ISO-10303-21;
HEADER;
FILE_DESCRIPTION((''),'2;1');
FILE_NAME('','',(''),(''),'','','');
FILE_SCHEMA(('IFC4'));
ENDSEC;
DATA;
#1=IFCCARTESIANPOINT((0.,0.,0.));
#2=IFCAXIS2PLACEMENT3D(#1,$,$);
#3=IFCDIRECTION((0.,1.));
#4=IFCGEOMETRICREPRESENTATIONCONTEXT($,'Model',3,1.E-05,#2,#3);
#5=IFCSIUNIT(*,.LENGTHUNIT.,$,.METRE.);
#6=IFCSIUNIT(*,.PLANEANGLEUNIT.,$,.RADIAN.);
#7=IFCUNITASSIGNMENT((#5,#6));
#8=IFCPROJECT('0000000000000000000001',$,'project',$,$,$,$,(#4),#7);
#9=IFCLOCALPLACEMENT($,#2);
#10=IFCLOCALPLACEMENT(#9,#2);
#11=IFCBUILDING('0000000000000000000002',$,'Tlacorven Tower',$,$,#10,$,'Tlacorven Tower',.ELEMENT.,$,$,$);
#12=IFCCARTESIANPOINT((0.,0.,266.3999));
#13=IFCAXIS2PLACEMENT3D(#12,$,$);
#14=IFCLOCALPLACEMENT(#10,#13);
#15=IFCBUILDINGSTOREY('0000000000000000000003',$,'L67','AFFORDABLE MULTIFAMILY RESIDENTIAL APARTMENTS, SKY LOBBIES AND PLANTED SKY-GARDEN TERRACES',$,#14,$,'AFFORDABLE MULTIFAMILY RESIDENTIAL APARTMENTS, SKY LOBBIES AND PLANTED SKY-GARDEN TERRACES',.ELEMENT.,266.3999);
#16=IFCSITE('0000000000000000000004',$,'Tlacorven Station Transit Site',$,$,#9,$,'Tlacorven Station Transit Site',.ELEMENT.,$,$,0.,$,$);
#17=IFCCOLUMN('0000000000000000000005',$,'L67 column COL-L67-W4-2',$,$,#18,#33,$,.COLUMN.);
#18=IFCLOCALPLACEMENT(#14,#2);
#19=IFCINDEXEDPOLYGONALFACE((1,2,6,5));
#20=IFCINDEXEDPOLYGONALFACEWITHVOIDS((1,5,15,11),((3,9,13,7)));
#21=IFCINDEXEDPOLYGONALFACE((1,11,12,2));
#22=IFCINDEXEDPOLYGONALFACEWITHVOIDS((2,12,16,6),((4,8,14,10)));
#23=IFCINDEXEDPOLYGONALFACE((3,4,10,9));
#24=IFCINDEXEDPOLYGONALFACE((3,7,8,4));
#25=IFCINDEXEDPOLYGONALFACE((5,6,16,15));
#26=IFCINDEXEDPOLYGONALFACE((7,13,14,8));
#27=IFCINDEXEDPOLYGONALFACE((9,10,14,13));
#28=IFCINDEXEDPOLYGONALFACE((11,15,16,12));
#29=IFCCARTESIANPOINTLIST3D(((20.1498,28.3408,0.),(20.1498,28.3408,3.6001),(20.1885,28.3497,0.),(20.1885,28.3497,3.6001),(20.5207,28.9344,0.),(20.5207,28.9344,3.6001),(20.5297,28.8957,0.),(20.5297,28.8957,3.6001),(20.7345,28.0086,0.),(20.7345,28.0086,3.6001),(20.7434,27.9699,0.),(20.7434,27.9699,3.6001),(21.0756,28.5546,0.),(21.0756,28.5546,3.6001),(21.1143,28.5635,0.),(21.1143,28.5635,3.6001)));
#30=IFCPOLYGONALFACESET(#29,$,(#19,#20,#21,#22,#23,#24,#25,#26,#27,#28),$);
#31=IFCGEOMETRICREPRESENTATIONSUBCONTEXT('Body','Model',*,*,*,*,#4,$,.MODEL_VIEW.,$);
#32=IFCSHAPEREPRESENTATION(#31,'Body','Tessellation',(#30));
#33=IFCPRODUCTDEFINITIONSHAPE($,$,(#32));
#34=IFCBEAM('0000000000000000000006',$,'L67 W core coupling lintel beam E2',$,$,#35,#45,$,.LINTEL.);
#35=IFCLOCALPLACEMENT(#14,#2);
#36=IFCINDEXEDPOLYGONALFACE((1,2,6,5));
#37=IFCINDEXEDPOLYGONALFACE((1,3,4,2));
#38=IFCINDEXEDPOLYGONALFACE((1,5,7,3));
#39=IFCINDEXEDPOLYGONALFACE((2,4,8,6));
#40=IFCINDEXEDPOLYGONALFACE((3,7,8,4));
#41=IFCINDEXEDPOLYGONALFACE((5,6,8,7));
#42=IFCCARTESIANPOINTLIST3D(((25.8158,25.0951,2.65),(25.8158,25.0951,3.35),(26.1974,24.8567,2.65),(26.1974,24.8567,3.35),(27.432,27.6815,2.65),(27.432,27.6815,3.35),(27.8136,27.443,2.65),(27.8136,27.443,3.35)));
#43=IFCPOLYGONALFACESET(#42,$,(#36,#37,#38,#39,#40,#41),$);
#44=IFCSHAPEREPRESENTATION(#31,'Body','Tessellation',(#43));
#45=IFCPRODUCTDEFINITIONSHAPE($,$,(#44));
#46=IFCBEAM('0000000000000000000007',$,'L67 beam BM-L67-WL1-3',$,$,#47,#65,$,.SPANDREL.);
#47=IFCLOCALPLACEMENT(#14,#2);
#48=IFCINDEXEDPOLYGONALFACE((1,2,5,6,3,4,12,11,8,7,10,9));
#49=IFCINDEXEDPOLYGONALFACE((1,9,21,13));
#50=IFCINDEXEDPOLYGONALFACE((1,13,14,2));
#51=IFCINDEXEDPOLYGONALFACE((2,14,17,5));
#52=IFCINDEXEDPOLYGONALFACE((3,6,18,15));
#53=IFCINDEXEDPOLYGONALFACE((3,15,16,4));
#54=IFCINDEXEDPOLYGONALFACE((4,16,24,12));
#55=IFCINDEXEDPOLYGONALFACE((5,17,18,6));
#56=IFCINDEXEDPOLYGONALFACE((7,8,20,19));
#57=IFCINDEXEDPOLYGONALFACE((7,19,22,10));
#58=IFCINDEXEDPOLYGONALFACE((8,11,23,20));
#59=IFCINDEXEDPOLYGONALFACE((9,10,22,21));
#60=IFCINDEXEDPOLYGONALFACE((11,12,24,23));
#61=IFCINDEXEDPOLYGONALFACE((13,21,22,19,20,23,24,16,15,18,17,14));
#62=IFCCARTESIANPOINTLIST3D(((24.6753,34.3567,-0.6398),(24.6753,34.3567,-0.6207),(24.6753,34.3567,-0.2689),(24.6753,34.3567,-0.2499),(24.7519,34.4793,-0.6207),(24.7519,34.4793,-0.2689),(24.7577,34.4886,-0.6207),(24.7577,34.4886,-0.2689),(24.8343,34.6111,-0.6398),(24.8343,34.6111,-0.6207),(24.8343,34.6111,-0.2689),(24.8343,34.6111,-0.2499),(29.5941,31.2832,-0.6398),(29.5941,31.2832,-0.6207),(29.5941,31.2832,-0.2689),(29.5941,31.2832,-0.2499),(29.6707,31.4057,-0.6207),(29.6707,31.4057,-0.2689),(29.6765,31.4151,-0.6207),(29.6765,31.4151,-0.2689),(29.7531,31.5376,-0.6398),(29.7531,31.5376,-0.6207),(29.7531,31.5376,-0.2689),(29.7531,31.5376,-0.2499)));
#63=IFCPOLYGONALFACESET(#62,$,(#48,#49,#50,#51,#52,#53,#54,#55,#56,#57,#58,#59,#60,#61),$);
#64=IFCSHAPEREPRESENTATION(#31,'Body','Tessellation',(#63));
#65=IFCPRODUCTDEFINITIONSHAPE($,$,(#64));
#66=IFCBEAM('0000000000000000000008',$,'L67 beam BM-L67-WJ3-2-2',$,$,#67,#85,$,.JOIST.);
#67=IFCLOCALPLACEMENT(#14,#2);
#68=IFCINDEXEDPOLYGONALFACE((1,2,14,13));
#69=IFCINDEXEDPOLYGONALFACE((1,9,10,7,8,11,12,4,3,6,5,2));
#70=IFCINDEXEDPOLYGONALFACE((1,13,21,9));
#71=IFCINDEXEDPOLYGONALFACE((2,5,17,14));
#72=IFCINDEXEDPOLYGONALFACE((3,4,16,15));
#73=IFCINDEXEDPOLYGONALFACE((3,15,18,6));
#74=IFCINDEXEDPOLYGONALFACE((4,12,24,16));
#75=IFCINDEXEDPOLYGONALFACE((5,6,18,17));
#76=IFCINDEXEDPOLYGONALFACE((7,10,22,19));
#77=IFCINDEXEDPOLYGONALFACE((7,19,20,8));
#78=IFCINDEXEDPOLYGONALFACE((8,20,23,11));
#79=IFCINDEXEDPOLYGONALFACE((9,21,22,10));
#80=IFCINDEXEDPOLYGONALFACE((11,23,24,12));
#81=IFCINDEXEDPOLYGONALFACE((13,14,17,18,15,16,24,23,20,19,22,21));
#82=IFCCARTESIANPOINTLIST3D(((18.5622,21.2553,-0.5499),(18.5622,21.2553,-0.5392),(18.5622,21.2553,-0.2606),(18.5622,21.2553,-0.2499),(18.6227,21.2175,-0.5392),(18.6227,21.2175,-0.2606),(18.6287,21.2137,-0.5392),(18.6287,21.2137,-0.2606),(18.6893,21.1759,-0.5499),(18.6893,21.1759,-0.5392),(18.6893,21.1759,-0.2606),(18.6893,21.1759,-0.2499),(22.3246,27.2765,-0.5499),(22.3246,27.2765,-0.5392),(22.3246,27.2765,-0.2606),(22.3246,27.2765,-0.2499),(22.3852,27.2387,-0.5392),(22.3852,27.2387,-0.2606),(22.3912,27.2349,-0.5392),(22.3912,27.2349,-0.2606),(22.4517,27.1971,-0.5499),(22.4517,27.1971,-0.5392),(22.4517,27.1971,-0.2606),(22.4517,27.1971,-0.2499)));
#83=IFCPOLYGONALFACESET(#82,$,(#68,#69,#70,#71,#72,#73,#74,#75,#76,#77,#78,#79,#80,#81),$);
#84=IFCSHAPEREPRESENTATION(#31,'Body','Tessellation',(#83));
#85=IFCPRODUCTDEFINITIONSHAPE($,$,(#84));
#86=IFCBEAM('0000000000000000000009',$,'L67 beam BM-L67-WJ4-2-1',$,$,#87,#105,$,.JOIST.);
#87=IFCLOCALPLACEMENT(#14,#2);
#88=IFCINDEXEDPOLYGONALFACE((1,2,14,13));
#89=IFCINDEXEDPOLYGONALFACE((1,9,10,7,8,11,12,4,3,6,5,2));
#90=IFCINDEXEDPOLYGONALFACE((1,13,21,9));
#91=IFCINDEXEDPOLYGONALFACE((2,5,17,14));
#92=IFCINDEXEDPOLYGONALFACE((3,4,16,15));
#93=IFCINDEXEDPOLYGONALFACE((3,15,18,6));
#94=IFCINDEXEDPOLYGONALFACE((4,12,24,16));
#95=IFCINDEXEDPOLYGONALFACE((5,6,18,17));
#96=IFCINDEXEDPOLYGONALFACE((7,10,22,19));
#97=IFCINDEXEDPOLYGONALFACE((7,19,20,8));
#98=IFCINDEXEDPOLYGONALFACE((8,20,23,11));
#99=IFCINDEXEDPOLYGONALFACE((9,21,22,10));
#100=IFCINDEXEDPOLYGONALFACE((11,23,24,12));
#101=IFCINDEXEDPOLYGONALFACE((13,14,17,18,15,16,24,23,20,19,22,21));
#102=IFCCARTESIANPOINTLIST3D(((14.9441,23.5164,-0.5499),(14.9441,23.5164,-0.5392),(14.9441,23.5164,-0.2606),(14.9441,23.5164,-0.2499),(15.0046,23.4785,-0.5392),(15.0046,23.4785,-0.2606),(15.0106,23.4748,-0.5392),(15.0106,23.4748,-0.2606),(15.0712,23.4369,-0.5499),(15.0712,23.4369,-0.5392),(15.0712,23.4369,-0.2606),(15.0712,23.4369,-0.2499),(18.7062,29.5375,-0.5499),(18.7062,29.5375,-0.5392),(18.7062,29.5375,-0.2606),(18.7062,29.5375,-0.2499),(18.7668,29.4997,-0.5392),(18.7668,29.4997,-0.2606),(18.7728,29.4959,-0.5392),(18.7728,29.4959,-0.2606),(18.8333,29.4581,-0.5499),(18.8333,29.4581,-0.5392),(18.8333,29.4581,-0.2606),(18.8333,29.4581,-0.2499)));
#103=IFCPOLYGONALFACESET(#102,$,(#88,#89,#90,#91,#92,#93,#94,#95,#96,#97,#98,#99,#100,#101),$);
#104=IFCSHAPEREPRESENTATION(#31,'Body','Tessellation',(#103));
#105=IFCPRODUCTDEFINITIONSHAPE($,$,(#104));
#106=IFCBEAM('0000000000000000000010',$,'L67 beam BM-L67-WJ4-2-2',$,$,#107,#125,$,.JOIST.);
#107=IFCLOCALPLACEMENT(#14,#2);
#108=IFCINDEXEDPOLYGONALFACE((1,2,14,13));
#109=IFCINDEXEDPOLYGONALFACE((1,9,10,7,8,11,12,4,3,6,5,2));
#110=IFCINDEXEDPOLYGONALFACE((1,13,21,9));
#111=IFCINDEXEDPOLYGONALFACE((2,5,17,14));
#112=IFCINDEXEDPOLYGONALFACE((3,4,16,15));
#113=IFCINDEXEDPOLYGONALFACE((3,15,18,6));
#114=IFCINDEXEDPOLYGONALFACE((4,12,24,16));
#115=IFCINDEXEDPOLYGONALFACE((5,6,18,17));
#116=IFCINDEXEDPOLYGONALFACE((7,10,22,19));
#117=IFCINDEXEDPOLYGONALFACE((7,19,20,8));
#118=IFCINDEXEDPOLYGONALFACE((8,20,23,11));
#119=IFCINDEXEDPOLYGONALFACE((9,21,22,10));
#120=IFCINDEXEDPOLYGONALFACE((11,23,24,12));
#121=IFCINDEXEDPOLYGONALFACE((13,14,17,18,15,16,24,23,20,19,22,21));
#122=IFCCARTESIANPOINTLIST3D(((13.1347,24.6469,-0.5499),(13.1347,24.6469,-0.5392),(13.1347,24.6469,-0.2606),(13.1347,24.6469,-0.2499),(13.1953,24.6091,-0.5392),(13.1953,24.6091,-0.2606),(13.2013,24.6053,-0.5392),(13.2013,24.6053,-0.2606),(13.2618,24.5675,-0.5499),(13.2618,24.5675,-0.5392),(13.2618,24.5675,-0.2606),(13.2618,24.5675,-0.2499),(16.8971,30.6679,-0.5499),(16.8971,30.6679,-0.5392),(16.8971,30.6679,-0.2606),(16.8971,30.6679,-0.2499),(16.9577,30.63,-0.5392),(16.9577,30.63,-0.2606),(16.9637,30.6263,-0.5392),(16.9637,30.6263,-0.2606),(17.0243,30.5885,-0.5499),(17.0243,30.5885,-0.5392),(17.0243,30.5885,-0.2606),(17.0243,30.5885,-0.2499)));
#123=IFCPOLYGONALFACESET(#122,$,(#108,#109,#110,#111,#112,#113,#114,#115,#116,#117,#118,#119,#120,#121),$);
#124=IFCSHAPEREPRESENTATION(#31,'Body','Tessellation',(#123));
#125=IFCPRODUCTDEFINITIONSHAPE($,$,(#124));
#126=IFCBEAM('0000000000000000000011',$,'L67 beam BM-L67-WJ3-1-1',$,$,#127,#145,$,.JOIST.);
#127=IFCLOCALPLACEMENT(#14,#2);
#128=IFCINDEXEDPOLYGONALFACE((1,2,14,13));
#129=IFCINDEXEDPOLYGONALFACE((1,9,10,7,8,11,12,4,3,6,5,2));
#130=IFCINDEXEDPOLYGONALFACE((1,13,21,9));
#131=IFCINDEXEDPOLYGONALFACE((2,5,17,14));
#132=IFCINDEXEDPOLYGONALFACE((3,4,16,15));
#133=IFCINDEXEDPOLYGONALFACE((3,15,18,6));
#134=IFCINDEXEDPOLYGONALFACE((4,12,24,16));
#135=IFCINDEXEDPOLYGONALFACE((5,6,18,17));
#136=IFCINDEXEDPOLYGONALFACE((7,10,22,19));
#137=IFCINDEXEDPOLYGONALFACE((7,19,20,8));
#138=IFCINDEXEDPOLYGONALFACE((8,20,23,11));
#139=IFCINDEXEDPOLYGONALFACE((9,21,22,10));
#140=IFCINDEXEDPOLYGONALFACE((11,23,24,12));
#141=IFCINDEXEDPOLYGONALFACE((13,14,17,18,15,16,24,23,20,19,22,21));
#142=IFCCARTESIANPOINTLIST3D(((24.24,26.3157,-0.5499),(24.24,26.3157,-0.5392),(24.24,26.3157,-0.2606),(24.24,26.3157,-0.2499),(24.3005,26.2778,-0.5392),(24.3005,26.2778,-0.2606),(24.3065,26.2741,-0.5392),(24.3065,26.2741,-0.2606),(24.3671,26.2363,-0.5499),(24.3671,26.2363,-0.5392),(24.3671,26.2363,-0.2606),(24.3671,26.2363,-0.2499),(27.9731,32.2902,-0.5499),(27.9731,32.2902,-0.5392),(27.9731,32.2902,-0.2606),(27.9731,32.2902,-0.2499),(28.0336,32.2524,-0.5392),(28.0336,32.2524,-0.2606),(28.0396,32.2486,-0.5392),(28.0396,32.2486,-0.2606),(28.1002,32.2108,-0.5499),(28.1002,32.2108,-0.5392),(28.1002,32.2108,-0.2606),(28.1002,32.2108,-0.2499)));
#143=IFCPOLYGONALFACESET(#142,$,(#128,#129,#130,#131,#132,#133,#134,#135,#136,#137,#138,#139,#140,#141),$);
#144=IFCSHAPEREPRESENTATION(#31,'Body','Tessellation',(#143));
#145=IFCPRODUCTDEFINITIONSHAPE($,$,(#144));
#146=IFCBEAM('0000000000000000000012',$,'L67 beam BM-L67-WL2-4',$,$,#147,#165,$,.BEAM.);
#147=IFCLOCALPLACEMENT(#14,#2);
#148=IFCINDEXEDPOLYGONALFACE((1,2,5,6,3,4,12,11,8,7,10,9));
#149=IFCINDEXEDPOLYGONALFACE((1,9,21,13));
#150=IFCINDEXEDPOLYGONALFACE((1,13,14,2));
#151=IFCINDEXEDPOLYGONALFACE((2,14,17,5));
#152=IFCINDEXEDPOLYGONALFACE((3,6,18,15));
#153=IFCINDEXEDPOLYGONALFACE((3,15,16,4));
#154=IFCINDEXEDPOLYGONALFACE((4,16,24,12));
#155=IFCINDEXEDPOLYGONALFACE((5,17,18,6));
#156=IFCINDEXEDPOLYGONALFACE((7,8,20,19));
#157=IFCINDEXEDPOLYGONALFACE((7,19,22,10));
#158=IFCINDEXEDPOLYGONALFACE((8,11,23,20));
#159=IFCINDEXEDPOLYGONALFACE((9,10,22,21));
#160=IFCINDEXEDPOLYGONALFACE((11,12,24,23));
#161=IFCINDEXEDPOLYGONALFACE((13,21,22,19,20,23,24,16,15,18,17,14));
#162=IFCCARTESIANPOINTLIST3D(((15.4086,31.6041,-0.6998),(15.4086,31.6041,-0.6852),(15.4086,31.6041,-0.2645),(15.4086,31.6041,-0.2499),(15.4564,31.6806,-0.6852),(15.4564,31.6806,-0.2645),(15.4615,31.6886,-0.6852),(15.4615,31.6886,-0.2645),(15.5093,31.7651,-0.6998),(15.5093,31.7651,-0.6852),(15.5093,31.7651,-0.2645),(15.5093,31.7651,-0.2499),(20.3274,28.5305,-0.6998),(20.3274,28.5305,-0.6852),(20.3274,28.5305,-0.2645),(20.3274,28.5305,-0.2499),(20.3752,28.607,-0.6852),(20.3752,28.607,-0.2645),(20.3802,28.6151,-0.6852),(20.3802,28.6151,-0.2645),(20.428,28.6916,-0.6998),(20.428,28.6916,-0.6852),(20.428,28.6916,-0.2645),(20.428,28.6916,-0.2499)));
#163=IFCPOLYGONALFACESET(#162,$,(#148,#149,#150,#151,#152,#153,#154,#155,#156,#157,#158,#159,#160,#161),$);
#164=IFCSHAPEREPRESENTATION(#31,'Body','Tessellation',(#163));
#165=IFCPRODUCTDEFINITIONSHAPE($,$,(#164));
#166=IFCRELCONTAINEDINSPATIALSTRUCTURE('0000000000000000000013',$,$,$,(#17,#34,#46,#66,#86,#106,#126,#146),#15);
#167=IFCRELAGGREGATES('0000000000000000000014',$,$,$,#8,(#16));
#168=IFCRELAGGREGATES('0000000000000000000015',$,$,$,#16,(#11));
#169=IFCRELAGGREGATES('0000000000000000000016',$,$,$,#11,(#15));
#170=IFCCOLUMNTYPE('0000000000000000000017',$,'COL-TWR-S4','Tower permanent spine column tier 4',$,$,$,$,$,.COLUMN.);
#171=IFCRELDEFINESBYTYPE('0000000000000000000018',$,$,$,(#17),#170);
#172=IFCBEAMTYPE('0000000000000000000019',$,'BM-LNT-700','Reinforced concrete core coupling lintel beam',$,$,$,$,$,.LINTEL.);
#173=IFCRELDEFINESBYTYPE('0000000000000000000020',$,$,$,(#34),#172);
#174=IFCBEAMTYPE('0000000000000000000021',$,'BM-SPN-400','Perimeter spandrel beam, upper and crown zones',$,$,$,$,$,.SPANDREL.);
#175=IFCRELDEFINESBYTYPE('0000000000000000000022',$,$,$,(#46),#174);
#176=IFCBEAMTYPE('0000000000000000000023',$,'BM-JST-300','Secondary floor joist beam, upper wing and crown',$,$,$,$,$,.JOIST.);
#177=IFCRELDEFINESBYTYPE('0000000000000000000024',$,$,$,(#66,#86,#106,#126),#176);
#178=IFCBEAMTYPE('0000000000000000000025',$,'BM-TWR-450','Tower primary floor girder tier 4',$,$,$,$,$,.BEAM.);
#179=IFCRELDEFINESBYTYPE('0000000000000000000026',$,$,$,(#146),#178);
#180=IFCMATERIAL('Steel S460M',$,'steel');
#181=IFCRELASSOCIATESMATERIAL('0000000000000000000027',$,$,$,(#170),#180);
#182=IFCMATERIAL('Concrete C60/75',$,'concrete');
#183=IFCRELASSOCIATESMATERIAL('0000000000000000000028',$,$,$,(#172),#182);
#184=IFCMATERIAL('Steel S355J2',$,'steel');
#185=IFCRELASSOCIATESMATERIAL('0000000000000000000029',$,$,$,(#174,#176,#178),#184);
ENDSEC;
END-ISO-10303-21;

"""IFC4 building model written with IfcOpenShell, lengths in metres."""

from ifc_helpers import new_model, si_unit, direction, frame, origin, origin_2d, place, context, subcontext, project, spatial, rectangle, hollow_rectangle, i_section, extrude, source, transform, mapped, material, material_profile, profile_set, type_object, element, save


model = new_model("IFC4")

# Units and contexts
model_context = context("Model", 3, precision=1e-05, world=origin(), true_north=direction((0.0, 1.0)))
body_context = subcontext(model_context, "Body", "Model", "MODEL_VIEW")
ifc_project = project(units=[si_unit("LENGTHUNIT", "METRE"), si_unit("PLANEANGLEUNIT", "RADIAN")], contexts=[model_context])

# Site, building, storey
site_placement = place(None, origin())
site = spatial("IfcSite", under=ifc_project, at=site_placement, Name="Tlacorven Station Transit Site", LongName="Tlacorven Station Transit Site", CompositionType="ELEMENT", RefElevation=0.0)
building_placement = place(site_placement, origin())
building = spatial("IfcBuilding", under=site, at=building_placement, Name="Tlacorven Tower", LongName="Tlacorven Tower", CompositionType="ELEMENT")
storey_placement = place(building_placement, frame((0.0, 0.0, 266.3999)))
storey = spatial("IfcBuildingStorey", under=building, at=storey_placement, Name="L67", Description="AFFORDABLE MULTIFAMILY RESIDENTIAL APARTMENTS, SKY LOBBIES AND PLANTED SKY-GARDEN TERRACES", LongName="AFFORDABLE MULTIFAMILY RESIDENTIAL APARTMENTS, SKY LOBBIES AND PLANTED SKY-GARDEN TERRACES", CompositionType="ELEMENT", Elevation=266.3999)

# Column
ifc_material_1 = material(Name="Steel S460M", Category="steel")
ifc_material_profile_1 = material_profile(ifc_material_1, hollow_rectangle(XDim=0.7, YDim=0.7, WallThickness=0.0281, at=origin_2d()), Name="BOX 700X700X28")
ifc_profile_set_1 = profile_set([ifc_material_profile_1], Name="Steel S460M")
column_type = type_object("IfcColumnType", Name="COL-TWR-S4", Description="Tower permanent spine column tier 4", PredefinedType="COLUMN", material=ifc_profile_set_1)
shared_shape_1 = source(origin(), body_context, "Body", "SweptSolid", [
    extrude(hollow_rectangle(XDim=0.7, YDim=0.7, WallThickness=0.0281, at=origin_2d()), origin(), (0.0, 0.0, 1.0), 3.6001),
])
column_placement = place(storey_placement, frame((20.6321, 28.4521, 0.0), z_axis=(0.0, 0.0, 1.0), x_axis=(-0.848048, 0.529919, 0.0)))
element("IfcColumn", 1, at=column_placement, inside=storey, type_object=column_type, Name="L67 column COL-L67-W4-2", PredefinedType="COLUMN", context=body_context, shape_type="MappedRepresentation", body=[
    mapped(shared_shape_1, transform((0.0, 0.0, 0.0), scale=1.0)),
])

# Beams
ifc_material_2 = material(Name="Concrete C60/75", Category="concrete")
ifc_material_profile_2 = material_profile(ifc_material_2, rectangle(XDim=0.45, YDim=0.7, at=origin_2d()), Name="RC 450X700")
ifc_profile_set_2 = profile_set([ifc_material_profile_2], Name="Concrete C60/75")
beam_type_1 = type_object("IfcBeamType", Name="BM-LNT-700", Description="Reinforced concrete core coupling lintel beam", PredefinedType="LINTEL", material=ifc_profile_set_2)
shared_shape_2 = source(origin(), body_context, "Body", "SweptSolid", [
    extrude(rectangle(XDim=0.45, YDim=0.7, at=origin_2d()), origin(), (0.0, 0.0, 1.0), 3.0498),
])
beam_1_placement = place(storey_placement, frame((27.6228, 27.5623, 3.0), z_axis=(-0.529927, -0.848043, 0.0), x_axis=(0.848043, -0.529927, 0.0)))
element("IfcBeam", 2, at=beam_1_placement, inside=storey, type_object=beam_type_1, Name="L67 W core coupling lintel beam E2", PredefinedType="LINTEL", context=body_context, shape_type="MappedRepresentation", body=[
    mapped(shared_shape_2, transform((0.0, 0.0, 0.0), scale=1.0)),
])
ifc_material_3 = material(Name="Steel S355J2", Category="steel")
ifc_material_profile_3 = material_profile(ifc_material_3, i_section(OverallWidth=0.3, OverallDepth=0.3899, WebThickness=0.011, FlangeThickness=0.019, at=origin_2d()), Name="HEA 400")
ifc_profile_set_3 = profile_set([ifc_material_profile_3], Name="Steel S355J2")
beam_type_2 = type_object("IfcBeamType", Name="BM-SPN-400", Description="Perimeter spandrel beam, upper and crown zones", PredefinedType="SPANDREL", material=ifc_profile_set_3)
shared_shape_3 = source(origin(), body_context, "Body", "SweptSolid", [
    extrude(i_section(OverallWidth=0.3, OverallDepth=0.3899, WebThickness=0.011, FlangeThickness=0.019, at=origin_2d()), origin(), (0.0, 0.0, 1.0), 5.8),
])
beam_2_placement = place(storey_placement, frame((29.6736, 31.4104, -0.4448), z_axis=(-0.848053, 0.529912, 0.0), x_axis=(-0.529912, -0.848053, 0.0)))
element("IfcBeam", 3, at=beam_2_placement, inside=storey, type_object=beam_type_2, Name="L67 beam BM-L67-WL1-3", PredefinedType="SPANDREL", context=body_context, shape_type="MappedRepresentation", body=[
    mapped(shared_shape_3, transform((0.0, 0.0, 0.0), scale=1.0)),
])
ifc_material_profile_4 = material_profile(ifc_material_3, i_section(OverallWidth=0.1499, OverallDepth=0.3, WebThickness=0.0071, FlangeThickness=0.0107, at=origin_2d()), Name="IPE 300")
ifc_profile_set_4 = profile_set([ifc_material_profile_4], Name="Steel S355J2")
beam_type_3 = type_object("IfcBeamType", Name="BM-JST-300", Description="Secondary floor joist beam, upper wing and crown", PredefinedType="JOIST", material=ifc_profile_set_4)
shared_shape_4 = source(origin(), body_context, "Body", "SweptSolid", [
    extrude(i_section(OverallWidth=0.1499, OverallDepth=0.3, WebThickness=0.0071, FlangeThickness=0.0107, at=origin_2d()), origin(), (0.0, 0.0, 1.0), 7.1001),
])
beam_3_placement = place(storey_placement, frame((22.3882, 27.2368, -0.3999), z_axis=(-0.529915, -0.84805, 0.0), x_axis=(0.84805, -0.529915, 0.0)))
element("IfcBeam", 4, at=beam_3_placement, inside=storey, type_object=beam_type_3, Name="L67 beam BM-L67-WJ3-2-2", PredefinedType="JOIST", context=body_context, shape_type="MappedRepresentation", body=[
    mapped(shared_shape_4, transform((0.0, 0.0, 0.0), scale=1.0)),
])
shared_shape_5 = source(origin(), body_context, "Body", "SweptSolid", [
    extrude(i_section(OverallWidth=0.1499, OverallDepth=0.3, WebThickness=0.0071, FlangeThickness=0.0107, at=origin_2d()), origin(), (0.0, 0.0, 1.0), 7.0999),
])
for number, where, z_axis, x_axis, name in (
    (5, (18.7698, 29.4978, -0.3999), (-0.529891, -0.848066, 0.0), (0.848066, -0.529891, 0.0), "L67 beam BM-L67-WJ4-2-1"),
    (6, (16.9607, 30.6282, -0.3999), (-0.529931, -0.848041, 0.0), (0.848041, -0.529931, 0.0), "L67 beam BM-L67-WJ4-2-2"),
):
    element("IfcBeam", number, at=place(storey_placement, frame(where, z_axis=z_axis, x_axis=x_axis)), inside=storey, type_object=beam_type_3, Name=name, PredefinedType="JOIST", context=body_context, shape_type="MappedRepresentation", body=[
        mapped(shared_shape_5, transform((0.0, 0.0, 0.0), scale=1.0)),
    ])
shared_shape_6 = source(origin(), body_context, "Body", "SweptSolid", [
    extrude(i_section(OverallWidth=0.1499, OverallDepth=0.3, WebThickness=0.0071, FlangeThickness=0.0107, at=origin_2d()), origin(), (0.0, 0.0, 1.0), 7.0449),
])
beam_4_placement = place(storey_placement, frame((28.0366, 32.2505, -0.3999), z_axis=(-0.529899, -0.848061, 0.0), x_axis=(0.848061, -0.529899, 0.0)))
element("IfcBeam", 7, at=beam_4_placement, inside=storey, type_object=beam_type_3, Name="L67 beam BM-L67-WJ3-1-1", PredefinedType="JOIST", context=body_context, shape_type="MappedRepresentation", body=[
    mapped(shared_shape_6, transform((0.0, 0.0, 0.0), scale=1.0)),
])
ifc_material_profile_5 = material_profile(ifc_material_3, i_section(OverallWidth=0.1899, OverallDepth=0.45, WebThickness=0.0095, FlangeThickness=0.0146, at=origin_2d()), Name="IPE 450")
ifc_profile_set_5 = profile_set([ifc_material_profile_5], Name="Steel S355J2")
beam_type_4 = type_object("IfcBeamType", Name="BM-TWR-450", Description="Tower primary floor girder tier 4", PredefinedType="BEAM", material=ifc_profile_set_5)
shared_shape_7 = source(origin(), body_context, "Body", "SweptSolid", [
    extrude(i_section(OverallWidth=0.1899, OverallDepth=0.45, WebThickness=0.0095, FlangeThickness=0.0146, at=origin_2d()), origin(), (0.0, 0.0, 1.0), 5.8),
])
beam_5_placement = place(storey_placement, frame((20.3777, 28.6111, -0.4749), z_axis=(-0.848053, 0.529912, 0.0), x_axis=(-0.529912, -0.848053, 0.0)))
element("IfcBeam", 8, at=beam_5_placement, inside=storey, type_object=beam_type_4, Name="L67 beam BM-L67-WL2-4", PredefinedType="BEAM", context=body_context, shape_type="MappedRepresentation", body=[
    mapped(shared_shape_7, transform((0.0, 0.0, 0.0), scale=1.0)),
])

save(model, "model.ifc")
